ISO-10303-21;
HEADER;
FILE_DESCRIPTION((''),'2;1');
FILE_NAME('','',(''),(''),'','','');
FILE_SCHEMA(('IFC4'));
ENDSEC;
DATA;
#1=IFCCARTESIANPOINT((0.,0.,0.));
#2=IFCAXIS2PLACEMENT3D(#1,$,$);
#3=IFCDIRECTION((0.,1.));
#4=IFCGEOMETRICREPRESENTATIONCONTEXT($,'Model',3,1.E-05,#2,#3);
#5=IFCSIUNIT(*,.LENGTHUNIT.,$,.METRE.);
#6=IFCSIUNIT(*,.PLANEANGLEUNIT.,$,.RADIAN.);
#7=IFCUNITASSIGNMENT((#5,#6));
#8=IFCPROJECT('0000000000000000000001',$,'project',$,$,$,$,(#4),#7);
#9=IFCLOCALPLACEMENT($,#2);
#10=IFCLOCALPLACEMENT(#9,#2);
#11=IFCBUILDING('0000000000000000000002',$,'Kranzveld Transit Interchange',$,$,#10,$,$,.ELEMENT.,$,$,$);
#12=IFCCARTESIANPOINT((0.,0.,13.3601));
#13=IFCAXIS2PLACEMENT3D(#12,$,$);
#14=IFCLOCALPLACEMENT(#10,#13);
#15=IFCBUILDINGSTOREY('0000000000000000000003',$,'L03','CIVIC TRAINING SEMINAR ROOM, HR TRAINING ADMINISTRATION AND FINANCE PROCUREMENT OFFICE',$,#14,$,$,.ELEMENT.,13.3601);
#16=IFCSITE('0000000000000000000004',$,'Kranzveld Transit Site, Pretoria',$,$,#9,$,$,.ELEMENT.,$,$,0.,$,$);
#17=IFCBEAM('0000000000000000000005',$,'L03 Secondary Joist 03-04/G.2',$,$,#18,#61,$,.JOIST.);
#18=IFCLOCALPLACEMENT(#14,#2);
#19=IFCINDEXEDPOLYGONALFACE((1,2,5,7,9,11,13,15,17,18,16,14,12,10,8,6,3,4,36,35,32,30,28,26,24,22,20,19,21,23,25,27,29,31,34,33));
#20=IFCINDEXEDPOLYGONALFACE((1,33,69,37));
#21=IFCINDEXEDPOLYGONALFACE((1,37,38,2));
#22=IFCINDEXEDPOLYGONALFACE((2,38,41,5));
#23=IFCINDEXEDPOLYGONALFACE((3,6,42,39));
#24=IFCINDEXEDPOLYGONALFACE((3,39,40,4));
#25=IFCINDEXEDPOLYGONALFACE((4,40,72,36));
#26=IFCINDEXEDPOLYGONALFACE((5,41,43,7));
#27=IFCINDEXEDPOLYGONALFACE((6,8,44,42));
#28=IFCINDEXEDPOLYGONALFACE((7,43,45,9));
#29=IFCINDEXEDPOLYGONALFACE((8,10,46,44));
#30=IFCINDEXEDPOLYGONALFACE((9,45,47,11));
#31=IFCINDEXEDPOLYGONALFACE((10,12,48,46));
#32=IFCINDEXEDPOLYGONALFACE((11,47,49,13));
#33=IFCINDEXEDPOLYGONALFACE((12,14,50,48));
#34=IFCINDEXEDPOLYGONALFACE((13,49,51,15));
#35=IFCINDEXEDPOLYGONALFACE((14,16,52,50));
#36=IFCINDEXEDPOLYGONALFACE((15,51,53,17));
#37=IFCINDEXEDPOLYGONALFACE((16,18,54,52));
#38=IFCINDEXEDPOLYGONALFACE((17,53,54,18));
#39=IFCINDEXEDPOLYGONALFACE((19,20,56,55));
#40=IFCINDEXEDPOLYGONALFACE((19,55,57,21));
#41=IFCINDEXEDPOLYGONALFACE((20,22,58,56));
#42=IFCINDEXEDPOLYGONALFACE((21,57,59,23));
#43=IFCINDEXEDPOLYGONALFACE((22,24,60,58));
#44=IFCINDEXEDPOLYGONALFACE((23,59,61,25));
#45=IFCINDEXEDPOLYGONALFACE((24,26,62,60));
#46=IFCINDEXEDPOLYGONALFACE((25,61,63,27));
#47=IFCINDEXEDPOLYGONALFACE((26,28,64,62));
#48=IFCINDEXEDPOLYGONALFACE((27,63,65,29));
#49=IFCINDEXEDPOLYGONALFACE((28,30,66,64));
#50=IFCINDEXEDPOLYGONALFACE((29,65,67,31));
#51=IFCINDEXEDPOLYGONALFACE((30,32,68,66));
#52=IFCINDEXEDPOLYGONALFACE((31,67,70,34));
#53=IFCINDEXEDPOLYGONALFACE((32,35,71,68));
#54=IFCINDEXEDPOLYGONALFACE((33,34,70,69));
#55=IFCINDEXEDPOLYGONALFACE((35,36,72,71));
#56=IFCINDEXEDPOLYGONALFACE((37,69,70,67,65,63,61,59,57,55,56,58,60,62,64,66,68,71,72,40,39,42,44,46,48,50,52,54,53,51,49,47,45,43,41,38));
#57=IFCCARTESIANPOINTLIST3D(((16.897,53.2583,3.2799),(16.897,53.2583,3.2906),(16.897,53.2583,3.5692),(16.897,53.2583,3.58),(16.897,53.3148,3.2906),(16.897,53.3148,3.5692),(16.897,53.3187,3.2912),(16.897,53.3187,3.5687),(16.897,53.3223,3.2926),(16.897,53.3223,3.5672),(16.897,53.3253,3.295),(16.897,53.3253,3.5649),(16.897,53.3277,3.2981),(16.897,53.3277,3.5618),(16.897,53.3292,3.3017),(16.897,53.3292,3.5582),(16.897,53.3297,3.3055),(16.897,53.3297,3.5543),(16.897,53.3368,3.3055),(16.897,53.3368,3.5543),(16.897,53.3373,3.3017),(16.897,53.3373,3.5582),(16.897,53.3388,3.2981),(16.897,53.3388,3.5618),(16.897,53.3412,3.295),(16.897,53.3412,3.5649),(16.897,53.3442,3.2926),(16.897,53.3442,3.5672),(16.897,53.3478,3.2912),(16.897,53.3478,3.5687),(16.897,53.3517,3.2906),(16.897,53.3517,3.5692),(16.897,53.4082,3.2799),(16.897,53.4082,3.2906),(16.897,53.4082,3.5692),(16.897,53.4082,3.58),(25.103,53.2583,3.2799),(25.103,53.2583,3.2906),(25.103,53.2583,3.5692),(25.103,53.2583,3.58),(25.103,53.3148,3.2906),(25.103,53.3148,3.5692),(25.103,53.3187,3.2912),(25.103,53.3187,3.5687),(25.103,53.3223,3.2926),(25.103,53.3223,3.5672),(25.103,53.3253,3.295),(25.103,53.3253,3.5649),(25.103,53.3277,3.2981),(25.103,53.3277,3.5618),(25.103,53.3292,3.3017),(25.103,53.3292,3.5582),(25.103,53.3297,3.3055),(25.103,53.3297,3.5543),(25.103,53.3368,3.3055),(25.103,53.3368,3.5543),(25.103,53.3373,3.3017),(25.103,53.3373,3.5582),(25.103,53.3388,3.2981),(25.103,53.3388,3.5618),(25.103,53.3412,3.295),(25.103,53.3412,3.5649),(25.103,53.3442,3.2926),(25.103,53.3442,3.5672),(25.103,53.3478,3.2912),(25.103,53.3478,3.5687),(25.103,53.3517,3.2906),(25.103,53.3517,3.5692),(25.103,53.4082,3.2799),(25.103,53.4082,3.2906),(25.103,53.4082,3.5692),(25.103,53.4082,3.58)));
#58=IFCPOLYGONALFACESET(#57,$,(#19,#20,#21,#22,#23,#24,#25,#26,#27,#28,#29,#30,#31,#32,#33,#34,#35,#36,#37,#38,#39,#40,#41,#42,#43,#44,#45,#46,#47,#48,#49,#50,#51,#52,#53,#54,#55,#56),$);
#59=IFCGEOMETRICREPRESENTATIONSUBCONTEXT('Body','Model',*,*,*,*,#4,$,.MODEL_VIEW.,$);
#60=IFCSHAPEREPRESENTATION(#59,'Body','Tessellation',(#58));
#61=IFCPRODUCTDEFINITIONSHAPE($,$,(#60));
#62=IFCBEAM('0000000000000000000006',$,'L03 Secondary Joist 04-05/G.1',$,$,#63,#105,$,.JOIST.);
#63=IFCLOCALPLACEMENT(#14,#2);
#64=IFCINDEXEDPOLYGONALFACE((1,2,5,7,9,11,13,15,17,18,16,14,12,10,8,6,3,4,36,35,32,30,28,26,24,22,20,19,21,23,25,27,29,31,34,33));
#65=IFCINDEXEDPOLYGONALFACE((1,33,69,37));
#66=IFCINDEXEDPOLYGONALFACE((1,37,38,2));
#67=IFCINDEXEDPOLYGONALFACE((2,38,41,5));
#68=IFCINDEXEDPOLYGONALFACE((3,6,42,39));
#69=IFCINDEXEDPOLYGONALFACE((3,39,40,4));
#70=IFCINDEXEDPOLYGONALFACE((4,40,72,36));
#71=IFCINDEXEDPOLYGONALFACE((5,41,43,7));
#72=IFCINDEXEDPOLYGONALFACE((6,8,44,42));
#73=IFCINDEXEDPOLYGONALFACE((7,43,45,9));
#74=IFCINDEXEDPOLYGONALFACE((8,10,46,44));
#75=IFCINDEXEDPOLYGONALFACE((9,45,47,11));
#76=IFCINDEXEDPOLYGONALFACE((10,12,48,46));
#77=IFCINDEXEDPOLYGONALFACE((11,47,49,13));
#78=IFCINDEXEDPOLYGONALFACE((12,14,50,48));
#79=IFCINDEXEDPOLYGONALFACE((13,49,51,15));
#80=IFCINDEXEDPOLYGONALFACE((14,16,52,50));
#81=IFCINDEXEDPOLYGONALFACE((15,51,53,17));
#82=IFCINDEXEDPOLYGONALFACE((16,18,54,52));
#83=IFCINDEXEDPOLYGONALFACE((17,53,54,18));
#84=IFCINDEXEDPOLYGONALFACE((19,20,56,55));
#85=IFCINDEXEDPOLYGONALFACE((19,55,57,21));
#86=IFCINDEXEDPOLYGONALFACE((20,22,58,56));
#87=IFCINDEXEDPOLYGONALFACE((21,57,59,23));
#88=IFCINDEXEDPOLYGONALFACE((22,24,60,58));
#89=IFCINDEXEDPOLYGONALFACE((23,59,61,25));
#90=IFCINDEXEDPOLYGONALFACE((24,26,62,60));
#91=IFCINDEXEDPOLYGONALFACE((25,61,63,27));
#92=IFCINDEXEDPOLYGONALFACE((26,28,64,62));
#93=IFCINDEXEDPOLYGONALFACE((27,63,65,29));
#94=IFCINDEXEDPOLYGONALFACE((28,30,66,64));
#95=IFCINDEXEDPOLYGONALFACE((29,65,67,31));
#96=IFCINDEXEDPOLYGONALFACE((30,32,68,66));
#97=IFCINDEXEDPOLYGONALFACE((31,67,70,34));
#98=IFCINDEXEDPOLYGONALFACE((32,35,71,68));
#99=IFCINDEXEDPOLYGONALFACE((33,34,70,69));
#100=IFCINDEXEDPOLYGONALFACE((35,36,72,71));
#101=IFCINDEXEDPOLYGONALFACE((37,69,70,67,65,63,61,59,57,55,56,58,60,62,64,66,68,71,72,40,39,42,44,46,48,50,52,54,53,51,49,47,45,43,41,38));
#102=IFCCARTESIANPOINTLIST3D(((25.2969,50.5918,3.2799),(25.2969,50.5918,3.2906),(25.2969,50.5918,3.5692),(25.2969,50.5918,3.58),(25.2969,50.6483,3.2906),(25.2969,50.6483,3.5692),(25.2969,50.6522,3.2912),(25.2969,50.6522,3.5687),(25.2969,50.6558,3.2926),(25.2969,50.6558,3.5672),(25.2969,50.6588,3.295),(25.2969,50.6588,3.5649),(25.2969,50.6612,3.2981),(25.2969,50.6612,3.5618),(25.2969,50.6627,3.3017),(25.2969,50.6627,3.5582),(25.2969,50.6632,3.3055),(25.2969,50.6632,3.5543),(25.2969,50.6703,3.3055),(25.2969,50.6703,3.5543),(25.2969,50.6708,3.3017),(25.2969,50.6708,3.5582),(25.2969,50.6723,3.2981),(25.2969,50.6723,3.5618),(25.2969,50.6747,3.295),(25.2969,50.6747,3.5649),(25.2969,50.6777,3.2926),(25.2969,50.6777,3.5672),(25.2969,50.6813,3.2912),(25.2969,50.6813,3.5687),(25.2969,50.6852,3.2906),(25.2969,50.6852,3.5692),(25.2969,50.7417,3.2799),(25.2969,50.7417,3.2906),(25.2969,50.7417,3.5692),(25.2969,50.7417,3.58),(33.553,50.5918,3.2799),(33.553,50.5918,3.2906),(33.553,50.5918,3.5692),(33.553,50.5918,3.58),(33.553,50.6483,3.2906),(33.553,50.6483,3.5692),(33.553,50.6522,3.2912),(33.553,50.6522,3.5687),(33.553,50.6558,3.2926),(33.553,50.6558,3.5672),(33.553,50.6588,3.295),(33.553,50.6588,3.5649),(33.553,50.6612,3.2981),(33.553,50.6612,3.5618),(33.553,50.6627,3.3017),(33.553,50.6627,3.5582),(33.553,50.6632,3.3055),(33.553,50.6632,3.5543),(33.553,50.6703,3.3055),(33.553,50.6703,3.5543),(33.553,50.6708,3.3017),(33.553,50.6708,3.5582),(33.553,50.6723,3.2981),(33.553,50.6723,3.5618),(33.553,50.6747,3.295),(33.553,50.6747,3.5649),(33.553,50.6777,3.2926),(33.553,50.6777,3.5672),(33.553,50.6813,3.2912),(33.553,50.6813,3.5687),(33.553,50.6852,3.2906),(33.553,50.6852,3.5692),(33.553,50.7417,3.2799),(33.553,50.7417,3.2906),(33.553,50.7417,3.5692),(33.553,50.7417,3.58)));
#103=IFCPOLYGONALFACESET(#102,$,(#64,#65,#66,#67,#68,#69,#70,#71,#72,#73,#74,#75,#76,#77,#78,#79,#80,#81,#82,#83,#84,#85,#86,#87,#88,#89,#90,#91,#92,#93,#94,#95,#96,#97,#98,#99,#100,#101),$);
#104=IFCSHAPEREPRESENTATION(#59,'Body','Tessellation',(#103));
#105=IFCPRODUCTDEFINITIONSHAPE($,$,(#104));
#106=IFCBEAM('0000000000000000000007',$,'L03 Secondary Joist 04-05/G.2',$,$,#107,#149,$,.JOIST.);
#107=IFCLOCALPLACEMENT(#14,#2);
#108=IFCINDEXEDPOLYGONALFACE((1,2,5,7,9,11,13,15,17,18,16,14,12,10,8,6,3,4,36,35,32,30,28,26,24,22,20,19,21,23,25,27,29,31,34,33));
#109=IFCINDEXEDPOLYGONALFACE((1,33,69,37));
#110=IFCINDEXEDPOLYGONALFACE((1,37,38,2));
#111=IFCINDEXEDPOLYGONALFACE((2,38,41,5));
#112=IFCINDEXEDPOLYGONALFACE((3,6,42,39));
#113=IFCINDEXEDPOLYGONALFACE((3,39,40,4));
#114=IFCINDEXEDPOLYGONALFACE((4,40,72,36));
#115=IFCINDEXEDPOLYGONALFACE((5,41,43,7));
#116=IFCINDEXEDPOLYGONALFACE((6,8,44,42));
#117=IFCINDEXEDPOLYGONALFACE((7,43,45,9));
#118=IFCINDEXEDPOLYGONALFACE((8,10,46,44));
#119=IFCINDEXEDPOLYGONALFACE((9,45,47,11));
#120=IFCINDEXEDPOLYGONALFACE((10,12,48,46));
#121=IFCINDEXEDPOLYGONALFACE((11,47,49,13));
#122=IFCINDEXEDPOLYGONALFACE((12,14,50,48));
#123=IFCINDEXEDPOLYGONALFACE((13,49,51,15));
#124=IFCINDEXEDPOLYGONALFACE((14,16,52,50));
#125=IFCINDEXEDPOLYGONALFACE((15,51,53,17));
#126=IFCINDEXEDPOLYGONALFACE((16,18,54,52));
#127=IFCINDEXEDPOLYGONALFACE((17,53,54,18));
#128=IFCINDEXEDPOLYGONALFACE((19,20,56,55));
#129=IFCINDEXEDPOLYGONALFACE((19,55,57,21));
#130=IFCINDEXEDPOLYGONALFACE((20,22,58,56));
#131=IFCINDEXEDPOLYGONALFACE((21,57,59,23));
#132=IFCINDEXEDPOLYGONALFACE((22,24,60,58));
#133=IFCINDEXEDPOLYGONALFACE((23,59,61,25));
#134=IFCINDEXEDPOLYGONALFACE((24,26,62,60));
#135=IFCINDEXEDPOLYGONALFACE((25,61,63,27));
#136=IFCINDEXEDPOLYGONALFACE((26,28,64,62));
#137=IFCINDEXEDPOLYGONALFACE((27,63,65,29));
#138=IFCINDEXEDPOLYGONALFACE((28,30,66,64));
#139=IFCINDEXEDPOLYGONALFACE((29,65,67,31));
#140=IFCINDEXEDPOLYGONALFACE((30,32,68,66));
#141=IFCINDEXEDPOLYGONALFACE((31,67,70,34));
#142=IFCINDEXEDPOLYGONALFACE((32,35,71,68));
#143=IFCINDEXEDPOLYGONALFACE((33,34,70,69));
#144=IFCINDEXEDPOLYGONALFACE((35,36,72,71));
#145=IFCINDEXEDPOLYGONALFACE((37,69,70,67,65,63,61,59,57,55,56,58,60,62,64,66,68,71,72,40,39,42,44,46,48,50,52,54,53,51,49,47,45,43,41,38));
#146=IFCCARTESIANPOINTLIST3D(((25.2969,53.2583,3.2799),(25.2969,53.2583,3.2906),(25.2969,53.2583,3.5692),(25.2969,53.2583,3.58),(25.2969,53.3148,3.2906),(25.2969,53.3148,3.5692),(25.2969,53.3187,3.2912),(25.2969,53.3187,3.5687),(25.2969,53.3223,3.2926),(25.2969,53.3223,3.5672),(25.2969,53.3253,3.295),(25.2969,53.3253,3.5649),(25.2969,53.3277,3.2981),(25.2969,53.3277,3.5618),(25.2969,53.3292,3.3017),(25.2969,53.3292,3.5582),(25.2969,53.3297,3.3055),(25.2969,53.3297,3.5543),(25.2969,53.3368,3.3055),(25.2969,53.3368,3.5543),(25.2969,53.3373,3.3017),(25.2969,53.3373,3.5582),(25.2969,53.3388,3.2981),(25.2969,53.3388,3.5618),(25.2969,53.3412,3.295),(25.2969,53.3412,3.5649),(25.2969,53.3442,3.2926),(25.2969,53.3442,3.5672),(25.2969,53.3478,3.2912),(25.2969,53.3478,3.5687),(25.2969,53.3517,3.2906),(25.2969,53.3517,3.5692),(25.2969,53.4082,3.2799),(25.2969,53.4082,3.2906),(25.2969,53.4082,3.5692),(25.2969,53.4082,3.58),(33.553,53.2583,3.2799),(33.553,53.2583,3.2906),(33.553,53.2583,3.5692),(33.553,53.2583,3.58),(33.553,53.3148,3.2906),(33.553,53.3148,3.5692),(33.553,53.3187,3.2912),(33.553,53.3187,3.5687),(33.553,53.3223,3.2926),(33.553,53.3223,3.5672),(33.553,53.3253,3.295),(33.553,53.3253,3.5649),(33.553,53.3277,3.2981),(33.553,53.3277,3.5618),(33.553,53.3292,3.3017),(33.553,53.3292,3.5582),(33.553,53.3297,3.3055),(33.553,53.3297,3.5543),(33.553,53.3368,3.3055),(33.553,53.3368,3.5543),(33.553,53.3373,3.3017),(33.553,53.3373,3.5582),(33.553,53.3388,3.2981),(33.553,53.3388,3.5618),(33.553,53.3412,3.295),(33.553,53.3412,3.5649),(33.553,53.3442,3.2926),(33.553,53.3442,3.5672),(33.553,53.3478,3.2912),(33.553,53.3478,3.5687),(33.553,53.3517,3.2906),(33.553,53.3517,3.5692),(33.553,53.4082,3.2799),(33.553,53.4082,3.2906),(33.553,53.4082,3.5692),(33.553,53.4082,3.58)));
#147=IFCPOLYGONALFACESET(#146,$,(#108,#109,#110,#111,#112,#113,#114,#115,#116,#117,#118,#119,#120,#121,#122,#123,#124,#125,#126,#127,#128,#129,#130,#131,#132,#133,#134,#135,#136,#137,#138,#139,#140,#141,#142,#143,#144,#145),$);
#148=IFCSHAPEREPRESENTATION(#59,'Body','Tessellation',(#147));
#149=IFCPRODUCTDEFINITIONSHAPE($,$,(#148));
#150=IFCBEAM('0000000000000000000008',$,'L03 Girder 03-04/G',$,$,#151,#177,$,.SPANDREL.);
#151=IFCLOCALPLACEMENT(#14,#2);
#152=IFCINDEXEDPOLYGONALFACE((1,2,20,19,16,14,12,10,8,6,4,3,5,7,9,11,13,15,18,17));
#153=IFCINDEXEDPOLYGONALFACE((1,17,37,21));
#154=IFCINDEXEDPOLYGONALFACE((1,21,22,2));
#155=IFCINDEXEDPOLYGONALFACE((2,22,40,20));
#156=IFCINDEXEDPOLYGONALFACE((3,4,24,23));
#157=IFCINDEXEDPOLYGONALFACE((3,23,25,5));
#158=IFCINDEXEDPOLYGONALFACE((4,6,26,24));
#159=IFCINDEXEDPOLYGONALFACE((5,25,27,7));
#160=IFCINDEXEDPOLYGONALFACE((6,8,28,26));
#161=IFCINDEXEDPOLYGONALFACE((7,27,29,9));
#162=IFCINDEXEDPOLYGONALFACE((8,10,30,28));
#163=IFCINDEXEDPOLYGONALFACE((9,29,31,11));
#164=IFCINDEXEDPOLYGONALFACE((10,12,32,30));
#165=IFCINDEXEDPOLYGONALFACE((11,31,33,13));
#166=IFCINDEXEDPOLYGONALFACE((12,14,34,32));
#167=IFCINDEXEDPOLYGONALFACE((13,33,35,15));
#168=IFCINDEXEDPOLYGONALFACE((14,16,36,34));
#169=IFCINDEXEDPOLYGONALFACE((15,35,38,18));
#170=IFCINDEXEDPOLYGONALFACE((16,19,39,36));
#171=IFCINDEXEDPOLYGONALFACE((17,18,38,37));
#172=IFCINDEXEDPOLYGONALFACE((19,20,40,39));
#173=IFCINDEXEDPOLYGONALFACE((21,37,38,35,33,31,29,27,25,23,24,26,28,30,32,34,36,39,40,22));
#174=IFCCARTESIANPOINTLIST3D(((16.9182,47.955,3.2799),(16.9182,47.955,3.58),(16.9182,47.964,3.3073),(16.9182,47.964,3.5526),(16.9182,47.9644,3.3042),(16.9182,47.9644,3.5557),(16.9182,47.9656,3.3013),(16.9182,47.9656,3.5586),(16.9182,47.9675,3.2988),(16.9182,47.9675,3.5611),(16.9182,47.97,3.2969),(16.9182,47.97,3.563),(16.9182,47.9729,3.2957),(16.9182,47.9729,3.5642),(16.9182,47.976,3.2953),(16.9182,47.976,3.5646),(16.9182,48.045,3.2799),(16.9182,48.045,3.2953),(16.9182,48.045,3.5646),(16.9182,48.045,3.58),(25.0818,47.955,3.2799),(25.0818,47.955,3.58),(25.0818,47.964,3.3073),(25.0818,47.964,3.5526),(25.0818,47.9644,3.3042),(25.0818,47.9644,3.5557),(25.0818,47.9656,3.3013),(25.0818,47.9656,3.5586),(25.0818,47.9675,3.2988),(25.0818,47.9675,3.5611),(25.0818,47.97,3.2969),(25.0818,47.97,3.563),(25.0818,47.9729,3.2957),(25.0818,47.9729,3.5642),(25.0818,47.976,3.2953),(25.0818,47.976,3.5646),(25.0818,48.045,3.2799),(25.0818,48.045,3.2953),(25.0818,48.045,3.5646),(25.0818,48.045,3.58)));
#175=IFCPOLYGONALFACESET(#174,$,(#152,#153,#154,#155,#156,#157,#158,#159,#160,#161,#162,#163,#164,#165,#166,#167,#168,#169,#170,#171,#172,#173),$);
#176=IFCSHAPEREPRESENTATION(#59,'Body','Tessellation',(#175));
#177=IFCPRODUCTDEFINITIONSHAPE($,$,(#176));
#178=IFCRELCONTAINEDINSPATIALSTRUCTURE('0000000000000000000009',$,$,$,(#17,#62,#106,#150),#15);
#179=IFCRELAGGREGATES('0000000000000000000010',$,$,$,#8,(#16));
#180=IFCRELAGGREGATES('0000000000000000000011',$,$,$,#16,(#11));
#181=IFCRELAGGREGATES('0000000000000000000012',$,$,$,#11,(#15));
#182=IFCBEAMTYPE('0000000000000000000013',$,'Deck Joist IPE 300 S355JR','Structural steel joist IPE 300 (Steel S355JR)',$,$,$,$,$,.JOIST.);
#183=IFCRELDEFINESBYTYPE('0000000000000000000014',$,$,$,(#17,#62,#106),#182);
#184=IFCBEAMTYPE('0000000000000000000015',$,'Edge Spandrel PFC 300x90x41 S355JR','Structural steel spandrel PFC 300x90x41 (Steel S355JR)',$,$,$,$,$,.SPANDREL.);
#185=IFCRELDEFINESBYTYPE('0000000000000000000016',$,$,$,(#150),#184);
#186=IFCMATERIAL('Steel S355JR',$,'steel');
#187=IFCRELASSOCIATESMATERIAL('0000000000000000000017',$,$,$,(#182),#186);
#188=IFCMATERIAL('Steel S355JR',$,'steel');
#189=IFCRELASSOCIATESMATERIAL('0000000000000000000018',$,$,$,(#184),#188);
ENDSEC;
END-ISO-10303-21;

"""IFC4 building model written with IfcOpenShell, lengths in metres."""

from ifc_helpers import new_model, si_unit, direction, frame, origin, origin_2d, place, context, subcontext, project, spatial, i_section, u_section, extrude, material, material_profile, profile_set, type_object, element, save


model = new_model("IFC4")

# Units and contexts
model_context = context("Model", 3, precision=1e-05, world=origin(), true_north=direction((0.0, 1.0)))
body_context = subcontext(model_context, "Body", "Model", "MODEL_VIEW")
ifc_project = project(units=[si_unit("LENGTHUNIT", "METRE"), si_unit("PLANEANGLEUNIT", "RADIAN")], contexts=[model_context])

# Site, building, storey
site_placement = place(None, origin())
site = spatial("IfcSite", under=ifc_project, at=site_placement, Name="Kranzveld Transit Site, Pretoria", CompositionType="ELEMENT", RefElevation=0.0)
building_placement = place(site_placement, origin())
building = spatial("IfcBuilding", under=site, at=building_placement, Name="Kranzveld Transit Interchange", CompositionType="ELEMENT")
storey_placement = place(building_placement, frame((0.0, 0.0, 13.3601)))
storey = spatial("IfcBuildingStorey", under=building, at=storey_placement, Name="L03", Description="CIVIC TRAINING SEMINAR ROOM, HR TRAINING ADMINISTRATION AND FINANCE PROCUREMENT OFFICE", CompositionType="ELEMENT", Elevation=13.3601)

# Beams
ifc_material_1 = material(Name="Steel S355JR", Category="steel")
ifc_material_profile_1 = material_profile(ifc_material_1, i_section(OverallWidth=0.1499, OverallDepth=0.3, WebThickness=0.0071, FlangeThickness=0.0107, FilletRadius=0.0149, at=origin_2d()), Name="IPE 300")
ifc_profile_set_1 = profile_set([ifc_material_profile_1], Name="Steel S355JR")
beam_type_1 = type_object("IfcBeamType", Name="Deck Joist IPE 300 S355JR", Description="Structural steel joist IPE 300 (Steel S355JR)", PredefinedType="JOIST", material=ifc_profile_set_1)
for number, where, z_axis, x_axis, name in (
    (1, (16.897, 53.3333, 3.4299), (1.0, 0.0, 0.0), (0.0, 1.0, 0.0), "L03 Secondary Joist 03-04/G.2"),
):
    element("IfcBeam", number, at=place(storey_placement, frame(where, z_axis=z_axis, x_axis=x_axis)), inside=storey, type_object=beam_type_1, Name=name, PredefinedType="JOIST", context=body_context, shape_type="SweptSolid", body=[
        extrude(i_section(OverallWidth=0.1499, OverallDepth=0.3, WebThickness=0.0071, FlangeThickness=0.0107, FilletRadius=0.0149, at=origin_2d()), origin(), (0.0, 0.0, 1.0), 8.2061),
    ])
for number, where, z_axis, x_axis, name in (
    (2, (25.2969, 50.6667, 3.4299), (1.0, 0.0, 0.0), (0.0, 1.0, 0.0), "L03 Secondary Joist 04-05/G.1"),
    (3, (25.2969, 53.3333, 3.4299), (1.0, 0.0, 0.0), (0.0, 1.0, 0.0), "L03 Secondary Joist 04-05/G.2"),
):
    element("IfcBeam", number, at=place(storey_placement, frame(where, z_axis=z_axis, x_axis=x_axis)), inside=storey, type_object=beam_type_1, Name=name, PredefinedType="JOIST", context=body_context, shape_type="SweptSolid", body=[
        extrude(i_section(OverallWidth=0.1499, OverallDepth=0.3, WebThickness=0.0071, FlangeThickness=0.0107, FilletRadius=0.0149, at=origin_2d()), origin(), (0.0, 0.0, 1.0), 8.2561),
    ])
ifc_material_2 = material(Name="Steel S355JR", Category="steel")
ifc_material_profile_2 = material_profile(ifc_material_2, u_section(Depth=0.3, FlangeWidth=0.0901, WebThickness=0.009, FlangeThickness=0.0154, FilletRadius=0.012, at=origin_2d()), Name="PFC 300x90x41")
ifc_profile_set_2 = profile_set([ifc_material_profile_2], Name="Steel S355JR")
beam_type_2 = type_object("IfcBeamType", Name="Edge Spandrel PFC 300x90x41 S355JR", Description="Structural steel spandrel PFC 300x90x41 (Steel S355JR)", PredefinedType="SPANDREL", material=ifc_profile_set_2)
beam_1_placement = place(storey_placement, frame((16.9182, 48.0, 3.4299), z_axis=(1.0, 0.0, 0.0), x_axis=(0.0, 1.0, 0.0)))
element("IfcBeam", 4, at=beam_1_placement, inside=storey, type_object=beam_type_2, Name="L03 Girder 03-04/G", PredefinedType="SPANDREL", context=body_context, shape_type="SweptSolid", body=[
    extrude(u_section(Depth=0.3, FlangeWidth=0.0901, WebThickness=0.009, FlangeThickness=0.0154, FilletRadius=0.012, at=origin_2d()), origin(), (0.0, 0.0, 1.0), 8.1636),
])

save(model, "model.ifc")
